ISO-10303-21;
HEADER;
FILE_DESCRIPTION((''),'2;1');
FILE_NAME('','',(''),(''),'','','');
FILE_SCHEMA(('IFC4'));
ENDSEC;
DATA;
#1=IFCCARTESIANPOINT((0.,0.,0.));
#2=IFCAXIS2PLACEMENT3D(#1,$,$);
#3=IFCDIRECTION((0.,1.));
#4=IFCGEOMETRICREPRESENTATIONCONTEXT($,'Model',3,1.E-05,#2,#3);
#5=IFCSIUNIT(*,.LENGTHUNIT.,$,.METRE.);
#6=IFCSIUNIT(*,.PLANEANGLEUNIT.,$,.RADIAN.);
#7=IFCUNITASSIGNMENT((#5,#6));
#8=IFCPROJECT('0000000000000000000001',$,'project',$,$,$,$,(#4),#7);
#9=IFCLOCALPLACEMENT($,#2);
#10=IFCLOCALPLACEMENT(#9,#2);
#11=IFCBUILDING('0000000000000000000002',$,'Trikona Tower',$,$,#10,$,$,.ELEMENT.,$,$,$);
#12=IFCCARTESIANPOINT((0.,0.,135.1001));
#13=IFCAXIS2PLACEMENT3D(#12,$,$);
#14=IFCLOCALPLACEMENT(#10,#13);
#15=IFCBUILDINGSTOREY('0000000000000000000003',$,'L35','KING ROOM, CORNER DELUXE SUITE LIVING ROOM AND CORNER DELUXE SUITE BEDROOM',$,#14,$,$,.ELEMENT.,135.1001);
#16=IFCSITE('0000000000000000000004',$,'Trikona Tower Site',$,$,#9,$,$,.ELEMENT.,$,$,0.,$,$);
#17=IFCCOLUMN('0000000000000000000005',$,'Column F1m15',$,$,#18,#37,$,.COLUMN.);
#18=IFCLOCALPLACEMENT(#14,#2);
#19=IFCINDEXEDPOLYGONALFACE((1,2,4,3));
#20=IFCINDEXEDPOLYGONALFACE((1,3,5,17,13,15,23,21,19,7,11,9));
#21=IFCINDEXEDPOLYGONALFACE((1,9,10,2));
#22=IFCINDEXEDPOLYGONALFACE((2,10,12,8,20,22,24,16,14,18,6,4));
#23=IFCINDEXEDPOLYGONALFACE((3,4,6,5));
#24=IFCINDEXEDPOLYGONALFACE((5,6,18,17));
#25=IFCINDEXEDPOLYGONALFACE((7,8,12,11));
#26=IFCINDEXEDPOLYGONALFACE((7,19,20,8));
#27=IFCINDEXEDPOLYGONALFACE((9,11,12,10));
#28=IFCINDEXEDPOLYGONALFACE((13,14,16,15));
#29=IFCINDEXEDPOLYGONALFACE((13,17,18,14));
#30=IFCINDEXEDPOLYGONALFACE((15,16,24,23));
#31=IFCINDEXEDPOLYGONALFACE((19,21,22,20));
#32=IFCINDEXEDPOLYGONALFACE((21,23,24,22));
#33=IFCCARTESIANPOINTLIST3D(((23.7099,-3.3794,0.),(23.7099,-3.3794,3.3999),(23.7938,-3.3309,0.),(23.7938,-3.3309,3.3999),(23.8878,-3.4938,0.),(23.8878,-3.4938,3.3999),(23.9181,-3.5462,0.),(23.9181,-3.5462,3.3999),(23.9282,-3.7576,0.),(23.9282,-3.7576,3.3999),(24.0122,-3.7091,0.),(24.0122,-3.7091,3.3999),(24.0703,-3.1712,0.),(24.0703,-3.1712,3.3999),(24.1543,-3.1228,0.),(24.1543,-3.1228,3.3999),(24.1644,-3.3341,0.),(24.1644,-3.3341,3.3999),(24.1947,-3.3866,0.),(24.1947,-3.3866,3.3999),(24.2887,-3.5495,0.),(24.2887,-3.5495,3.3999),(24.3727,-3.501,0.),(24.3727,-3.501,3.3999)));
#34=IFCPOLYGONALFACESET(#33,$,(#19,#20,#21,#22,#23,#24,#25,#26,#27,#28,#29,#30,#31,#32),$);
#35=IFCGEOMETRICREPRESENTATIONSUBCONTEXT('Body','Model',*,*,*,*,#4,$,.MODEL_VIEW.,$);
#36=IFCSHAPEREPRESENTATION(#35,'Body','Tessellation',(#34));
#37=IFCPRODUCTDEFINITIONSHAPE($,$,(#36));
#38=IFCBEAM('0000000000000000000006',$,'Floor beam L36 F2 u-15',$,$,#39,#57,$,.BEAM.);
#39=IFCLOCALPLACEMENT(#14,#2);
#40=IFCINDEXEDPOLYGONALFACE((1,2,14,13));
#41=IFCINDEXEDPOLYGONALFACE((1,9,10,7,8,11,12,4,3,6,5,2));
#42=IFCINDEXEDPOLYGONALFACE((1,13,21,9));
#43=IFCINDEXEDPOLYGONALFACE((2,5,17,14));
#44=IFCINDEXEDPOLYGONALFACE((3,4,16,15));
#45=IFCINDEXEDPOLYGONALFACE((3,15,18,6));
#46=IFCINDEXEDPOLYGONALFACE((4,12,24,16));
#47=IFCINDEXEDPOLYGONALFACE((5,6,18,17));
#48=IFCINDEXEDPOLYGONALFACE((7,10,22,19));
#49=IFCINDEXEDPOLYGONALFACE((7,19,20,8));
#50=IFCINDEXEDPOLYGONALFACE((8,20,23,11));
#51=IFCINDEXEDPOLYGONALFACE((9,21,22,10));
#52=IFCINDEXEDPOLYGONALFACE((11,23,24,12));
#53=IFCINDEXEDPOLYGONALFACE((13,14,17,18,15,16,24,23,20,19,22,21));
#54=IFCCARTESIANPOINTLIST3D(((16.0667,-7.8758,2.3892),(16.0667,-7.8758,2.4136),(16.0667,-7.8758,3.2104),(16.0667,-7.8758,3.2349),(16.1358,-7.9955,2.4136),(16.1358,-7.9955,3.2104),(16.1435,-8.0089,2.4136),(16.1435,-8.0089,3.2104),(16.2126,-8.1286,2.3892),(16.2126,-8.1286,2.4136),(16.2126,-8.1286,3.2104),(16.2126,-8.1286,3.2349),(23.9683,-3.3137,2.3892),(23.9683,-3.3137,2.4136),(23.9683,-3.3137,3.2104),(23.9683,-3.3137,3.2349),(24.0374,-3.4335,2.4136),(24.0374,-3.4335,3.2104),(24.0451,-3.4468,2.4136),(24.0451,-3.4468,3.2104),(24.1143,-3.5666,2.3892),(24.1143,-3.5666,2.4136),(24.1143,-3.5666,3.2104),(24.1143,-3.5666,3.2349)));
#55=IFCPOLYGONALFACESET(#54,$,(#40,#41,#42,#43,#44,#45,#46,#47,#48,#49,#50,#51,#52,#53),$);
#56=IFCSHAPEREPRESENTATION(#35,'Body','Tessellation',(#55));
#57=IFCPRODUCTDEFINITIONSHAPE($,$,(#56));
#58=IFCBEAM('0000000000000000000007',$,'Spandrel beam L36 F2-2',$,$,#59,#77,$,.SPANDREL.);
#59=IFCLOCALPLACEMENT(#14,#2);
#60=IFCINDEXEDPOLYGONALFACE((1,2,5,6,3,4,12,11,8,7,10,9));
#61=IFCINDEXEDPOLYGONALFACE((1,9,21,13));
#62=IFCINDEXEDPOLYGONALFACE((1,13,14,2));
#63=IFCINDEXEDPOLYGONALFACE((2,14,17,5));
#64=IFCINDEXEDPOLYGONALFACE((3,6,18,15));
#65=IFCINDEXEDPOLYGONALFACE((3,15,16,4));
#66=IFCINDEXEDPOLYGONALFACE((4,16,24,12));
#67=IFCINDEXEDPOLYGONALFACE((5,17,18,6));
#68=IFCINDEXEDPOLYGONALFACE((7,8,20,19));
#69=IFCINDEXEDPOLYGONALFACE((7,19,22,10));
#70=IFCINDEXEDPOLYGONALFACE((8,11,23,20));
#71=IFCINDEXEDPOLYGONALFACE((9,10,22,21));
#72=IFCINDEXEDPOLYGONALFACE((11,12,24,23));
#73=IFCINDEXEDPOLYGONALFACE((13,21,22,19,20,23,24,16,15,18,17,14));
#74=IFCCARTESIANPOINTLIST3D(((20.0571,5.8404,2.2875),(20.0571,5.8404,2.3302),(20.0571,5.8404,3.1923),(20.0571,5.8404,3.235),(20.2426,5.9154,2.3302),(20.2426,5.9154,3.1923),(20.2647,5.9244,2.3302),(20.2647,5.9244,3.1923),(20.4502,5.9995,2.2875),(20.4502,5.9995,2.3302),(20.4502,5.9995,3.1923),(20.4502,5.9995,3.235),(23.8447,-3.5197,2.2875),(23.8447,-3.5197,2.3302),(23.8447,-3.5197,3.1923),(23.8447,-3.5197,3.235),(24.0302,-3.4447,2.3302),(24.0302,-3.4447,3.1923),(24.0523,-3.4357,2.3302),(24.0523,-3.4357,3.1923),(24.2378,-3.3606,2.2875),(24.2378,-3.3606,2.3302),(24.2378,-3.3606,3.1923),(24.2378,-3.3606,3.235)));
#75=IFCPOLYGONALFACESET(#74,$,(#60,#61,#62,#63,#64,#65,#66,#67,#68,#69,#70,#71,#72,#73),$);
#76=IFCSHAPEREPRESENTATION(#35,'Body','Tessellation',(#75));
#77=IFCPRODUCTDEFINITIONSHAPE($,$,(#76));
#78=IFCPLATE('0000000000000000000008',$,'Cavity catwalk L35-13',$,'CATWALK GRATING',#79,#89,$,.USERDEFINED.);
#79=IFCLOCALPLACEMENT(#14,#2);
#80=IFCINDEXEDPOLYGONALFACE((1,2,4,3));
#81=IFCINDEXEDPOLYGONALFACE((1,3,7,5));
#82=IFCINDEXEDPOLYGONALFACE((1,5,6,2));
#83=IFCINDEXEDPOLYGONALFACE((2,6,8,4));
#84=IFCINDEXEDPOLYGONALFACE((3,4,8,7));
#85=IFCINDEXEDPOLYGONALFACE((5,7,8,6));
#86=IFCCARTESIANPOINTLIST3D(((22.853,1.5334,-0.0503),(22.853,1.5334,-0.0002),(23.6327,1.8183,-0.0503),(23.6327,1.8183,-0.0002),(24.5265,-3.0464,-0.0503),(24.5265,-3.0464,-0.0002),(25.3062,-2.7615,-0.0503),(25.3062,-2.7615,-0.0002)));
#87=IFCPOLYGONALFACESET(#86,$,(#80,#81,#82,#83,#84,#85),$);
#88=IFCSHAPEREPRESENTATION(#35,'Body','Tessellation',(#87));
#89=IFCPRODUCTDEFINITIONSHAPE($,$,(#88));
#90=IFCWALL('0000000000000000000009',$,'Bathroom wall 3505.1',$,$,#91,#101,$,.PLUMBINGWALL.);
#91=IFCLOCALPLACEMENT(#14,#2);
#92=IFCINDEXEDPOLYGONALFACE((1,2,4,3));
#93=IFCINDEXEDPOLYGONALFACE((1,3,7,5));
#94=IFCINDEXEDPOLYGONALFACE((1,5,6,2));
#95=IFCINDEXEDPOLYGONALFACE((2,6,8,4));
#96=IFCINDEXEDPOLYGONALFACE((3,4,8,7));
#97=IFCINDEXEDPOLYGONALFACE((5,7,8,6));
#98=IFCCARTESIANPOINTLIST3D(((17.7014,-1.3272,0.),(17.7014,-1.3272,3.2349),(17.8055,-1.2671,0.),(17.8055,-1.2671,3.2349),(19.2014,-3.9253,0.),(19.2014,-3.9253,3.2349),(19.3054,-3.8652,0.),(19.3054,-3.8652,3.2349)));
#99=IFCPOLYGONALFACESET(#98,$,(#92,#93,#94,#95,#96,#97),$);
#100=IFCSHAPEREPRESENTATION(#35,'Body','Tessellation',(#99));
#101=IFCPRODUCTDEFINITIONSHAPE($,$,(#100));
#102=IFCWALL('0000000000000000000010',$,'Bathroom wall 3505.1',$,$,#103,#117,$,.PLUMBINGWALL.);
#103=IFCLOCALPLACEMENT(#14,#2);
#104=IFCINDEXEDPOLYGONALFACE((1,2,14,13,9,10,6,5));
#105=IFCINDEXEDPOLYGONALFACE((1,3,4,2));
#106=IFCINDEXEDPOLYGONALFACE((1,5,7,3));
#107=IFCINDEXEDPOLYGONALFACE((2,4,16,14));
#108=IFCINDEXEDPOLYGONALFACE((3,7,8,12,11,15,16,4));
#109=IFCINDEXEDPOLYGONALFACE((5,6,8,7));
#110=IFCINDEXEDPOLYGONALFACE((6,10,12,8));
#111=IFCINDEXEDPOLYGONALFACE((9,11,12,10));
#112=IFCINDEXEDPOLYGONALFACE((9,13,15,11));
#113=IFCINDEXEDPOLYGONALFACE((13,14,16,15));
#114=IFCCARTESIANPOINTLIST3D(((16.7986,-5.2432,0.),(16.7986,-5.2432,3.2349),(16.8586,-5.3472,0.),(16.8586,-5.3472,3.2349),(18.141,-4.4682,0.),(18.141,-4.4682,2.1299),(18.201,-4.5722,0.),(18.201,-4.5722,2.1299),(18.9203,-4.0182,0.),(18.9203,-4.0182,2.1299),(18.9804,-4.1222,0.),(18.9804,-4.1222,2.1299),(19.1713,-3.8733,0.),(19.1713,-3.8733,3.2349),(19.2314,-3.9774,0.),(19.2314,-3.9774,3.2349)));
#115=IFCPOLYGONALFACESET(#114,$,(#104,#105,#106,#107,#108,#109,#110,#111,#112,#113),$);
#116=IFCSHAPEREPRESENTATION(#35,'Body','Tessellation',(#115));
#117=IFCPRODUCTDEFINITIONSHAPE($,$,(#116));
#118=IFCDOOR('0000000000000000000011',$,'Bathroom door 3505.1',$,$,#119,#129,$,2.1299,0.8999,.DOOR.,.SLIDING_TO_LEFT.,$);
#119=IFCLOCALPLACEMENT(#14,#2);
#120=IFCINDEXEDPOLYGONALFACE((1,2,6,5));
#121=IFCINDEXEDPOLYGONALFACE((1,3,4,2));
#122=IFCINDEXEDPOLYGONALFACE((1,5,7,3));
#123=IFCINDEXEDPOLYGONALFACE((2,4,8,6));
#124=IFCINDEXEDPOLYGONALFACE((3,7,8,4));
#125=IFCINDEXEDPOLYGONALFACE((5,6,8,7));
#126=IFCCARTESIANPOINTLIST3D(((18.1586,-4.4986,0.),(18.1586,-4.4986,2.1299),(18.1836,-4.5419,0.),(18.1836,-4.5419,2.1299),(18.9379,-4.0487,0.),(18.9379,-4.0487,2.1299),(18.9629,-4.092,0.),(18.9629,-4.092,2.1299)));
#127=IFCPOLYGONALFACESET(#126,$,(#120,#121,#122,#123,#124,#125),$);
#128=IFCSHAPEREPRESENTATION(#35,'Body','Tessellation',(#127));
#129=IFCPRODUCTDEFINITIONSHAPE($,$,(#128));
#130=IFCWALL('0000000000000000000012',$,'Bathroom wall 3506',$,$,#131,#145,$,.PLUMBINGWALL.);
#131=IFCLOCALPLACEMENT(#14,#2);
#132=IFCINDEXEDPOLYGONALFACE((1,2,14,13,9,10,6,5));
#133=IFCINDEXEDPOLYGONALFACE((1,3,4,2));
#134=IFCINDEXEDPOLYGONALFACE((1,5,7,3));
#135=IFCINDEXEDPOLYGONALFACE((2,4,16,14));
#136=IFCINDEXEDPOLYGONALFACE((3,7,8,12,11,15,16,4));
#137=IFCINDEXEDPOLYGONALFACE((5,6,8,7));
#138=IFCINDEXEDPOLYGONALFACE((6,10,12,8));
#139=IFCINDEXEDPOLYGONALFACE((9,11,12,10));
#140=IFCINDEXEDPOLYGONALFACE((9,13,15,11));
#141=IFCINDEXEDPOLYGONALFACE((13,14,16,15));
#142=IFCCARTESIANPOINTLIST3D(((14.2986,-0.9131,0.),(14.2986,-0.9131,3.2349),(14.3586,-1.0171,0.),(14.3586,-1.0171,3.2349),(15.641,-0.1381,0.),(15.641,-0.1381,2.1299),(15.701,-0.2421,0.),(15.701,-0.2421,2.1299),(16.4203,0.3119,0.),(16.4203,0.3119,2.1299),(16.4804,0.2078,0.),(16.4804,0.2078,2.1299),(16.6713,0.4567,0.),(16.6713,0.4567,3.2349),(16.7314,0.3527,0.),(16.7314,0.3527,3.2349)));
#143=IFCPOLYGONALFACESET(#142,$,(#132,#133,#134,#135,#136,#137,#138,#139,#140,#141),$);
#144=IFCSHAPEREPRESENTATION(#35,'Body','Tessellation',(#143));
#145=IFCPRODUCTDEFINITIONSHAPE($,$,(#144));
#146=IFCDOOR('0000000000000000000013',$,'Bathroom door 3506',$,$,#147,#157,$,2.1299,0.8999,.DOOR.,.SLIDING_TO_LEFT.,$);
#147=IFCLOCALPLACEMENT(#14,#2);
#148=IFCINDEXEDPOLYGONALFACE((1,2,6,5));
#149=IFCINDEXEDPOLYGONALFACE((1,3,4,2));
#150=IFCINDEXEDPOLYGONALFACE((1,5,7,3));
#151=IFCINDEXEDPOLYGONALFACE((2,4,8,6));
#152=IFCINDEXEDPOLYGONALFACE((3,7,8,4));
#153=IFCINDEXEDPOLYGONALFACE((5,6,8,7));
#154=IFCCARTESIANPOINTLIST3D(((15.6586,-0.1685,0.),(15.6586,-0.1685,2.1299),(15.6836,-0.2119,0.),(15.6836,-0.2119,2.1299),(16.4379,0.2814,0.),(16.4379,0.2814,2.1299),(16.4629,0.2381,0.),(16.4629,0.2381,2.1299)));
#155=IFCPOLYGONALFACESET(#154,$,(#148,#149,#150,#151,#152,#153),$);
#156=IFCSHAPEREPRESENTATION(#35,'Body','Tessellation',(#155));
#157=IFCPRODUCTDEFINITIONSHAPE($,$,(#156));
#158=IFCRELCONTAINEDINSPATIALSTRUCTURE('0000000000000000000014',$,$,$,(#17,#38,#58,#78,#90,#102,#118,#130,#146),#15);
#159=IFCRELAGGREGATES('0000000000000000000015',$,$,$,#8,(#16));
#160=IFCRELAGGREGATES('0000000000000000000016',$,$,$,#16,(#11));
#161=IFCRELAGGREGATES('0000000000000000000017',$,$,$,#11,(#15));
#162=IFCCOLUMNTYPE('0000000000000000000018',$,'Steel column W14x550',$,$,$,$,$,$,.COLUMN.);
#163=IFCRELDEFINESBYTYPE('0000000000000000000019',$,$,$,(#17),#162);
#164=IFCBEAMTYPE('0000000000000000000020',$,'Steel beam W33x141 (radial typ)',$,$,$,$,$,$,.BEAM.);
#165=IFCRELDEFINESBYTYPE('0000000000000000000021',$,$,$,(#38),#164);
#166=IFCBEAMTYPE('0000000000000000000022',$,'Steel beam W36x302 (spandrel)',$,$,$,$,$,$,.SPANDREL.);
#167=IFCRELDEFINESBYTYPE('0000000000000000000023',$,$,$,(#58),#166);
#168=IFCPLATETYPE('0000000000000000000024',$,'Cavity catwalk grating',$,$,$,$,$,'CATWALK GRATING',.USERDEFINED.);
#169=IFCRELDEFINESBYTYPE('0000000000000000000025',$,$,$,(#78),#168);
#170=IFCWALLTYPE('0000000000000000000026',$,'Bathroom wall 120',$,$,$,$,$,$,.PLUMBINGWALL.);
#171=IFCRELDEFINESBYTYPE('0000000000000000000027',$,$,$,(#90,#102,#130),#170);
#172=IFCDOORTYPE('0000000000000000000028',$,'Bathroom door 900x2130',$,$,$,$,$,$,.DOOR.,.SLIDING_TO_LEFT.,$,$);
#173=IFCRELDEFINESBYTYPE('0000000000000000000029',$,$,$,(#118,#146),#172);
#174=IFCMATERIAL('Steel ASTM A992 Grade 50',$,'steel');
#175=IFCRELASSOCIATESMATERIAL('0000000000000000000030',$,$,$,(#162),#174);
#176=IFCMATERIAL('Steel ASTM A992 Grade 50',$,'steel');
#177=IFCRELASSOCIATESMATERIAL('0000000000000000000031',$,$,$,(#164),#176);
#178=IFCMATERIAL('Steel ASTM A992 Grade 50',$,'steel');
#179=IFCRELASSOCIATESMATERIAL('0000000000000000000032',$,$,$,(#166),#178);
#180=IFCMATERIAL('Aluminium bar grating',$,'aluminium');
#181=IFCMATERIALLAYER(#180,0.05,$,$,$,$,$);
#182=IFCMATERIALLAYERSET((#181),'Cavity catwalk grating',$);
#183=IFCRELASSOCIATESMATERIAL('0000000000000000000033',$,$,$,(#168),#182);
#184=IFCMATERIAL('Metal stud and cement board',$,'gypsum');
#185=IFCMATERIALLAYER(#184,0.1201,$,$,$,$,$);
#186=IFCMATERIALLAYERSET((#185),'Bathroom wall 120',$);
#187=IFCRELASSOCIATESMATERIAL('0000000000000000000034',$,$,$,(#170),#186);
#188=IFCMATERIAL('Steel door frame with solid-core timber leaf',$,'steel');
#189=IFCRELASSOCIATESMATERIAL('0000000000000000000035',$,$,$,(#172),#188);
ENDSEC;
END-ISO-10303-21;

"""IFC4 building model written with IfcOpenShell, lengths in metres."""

from ifc_helpers import new_model, si_unit, direction, frame, frame_2d, origin, origin_2d, place, context, subcontext, project, spatial, rectangle, i_section, extrude, material, layer, layer_set, material_profile, profile_set, type_object, element, fill, save


model = new_model("IFC4")

# Units and contexts
model_context = context("Model", 3, precision=1e-05, world=origin(), true_north=direction((0.0, 1.0)))
body_context = subcontext(model_context, "Body", "Model", "MODEL_VIEW")
ifc_project = project(units=[si_unit("LENGTHUNIT", "METRE"), si_unit("PLANEANGLEUNIT", "RADIAN")], contexts=[model_context])

# Site, building, storey
site_placement = place(None, origin())
site = spatial("IfcSite", under=ifc_project, at=site_placement, Name="Trikona Tower Site", CompositionType="ELEMENT", RefElevation=0.0)
building_placement = place(site_placement, origin())
building = spatial("IfcBuilding", under=site, at=building_placement, Name="Trikona Tower", CompositionType="ELEMENT")
storey_placement = place(building_placement, frame((0.0, 0.0, 135.1001)))
storey = spatial("IfcBuildingStorey", under=building, at=storey_placement, Name="L35", Description="KING ROOM, CORNER DELUXE SUITE LIVING ROOM AND CORNER DELUXE SUITE BEDROOM", CompositionType="ELEMENT", Elevation=135.1001)

# Column
ifc_material_1 = material(Name="Steel ASTM A992 Grade 50", Category="steel")
ifc_material_profile_1 = material_profile(ifc_material_1, i_section(OverallWidth=0.4368, OverallDepth=0.5132, WebThickness=0.0605, FlangeThickness=0.0969, at=origin_2d()), Name="W14X550")
ifc_profile_set_1 = profile_set([ifc_material_profile_1], Name="Steel ASTM A992 Grade 50")
column_type = type_object("IfcColumnType", Name="Steel column W14x550", PredefinedType="COLUMN", material=ifc_profile_set_1)
column_placement = place(storey_placement, frame((24.0413, -3.4402, 0.0), z_axis=(0.0, 0.0, 1.0), x_axis=(-0.5, 0.866025, 0.0)))
element("IfcColumn", 1, at=column_placement, inside=storey, type_object=column_type, Name="Column F1m15", PredefinedType="COLUMN", context=body_context, shape_type="SweptSolid", body=[
    extrude(i_section(OverallWidth=0.4368, OverallDepth=0.5132, WebThickness=0.0605, FlangeThickness=0.0969, at=origin_2d()), origin(), (0.0, 0.0, 1.0), 3.3999),
])

# Beams
ifc_material_2 = material(Name="Steel ASTM A992 Grade 50", Category="steel")
ifc_material_profile_2 = material_profile(ifc_material_2, i_section(OverallWidth=0.292, OverallDepth=0.8457, WebThickness=0.0154, FlangeThickness=0.0244, at=origin_2d()), Name="W33X141")
ifc_profile_set_2 = profile_set([ifc_material_profile_2], Name="Steel ASTM A992 Grade 50")
beam_type_1 = type_object("IfcBeamType", Name="Steel beam W33x141 (radial typ)", PredefinedType="BEAM", material=ifc_profile_set_2)
beam_1_placement = place(storey_placement, frame((16.1396, -8.0022, 2.812), z_axis=(0.866025, 0.500001, 0.0), x_axis=(-0.500001, 0.866025, 0.0)))
element("IfcBeam", 2, at=beam_1_placement, inside=storey, type_object=beam_type_1, Name="Floor beam L36 F2 u-15", PredefinedType="BEAM", context=body_context, shape_type="SweptSolid", body=[
    extrude(i_section(OverallWidth=0.292, OverallDepth=0.8457, WebThickness=0.0154, FlangeThickness=0.0244, at=origin_2d()), origin(), (0.0, 0.0, 1.0), 9.124),
])
ifc_material_3 = material(Name="Steel ASTM A992 Grade 50", Category="steel")
ifc_material_profile_3 = material_profile(ifc_material_3, i_section(OverallWidth=0.4241, OverallDepth=0.9475, WebThickness=0.0239, FlangeThickness=0.0427, at=origin_2d()), Name="W36X302")
ifc_profile_set_3 = profile_set([ifc_material_profile_3], Name="Steel ASTM A992 Grade 50")
beam_type_2 = type_object("IfcBeamType", Name="Steel beam W36x302 (spandrel)", PredefinedType="SPANDREL", material=ifc_profile_set_3)
beam_2_placement = place(storey_placement, frame((24.0413, -3.4402, 2.7612), z_axis=(-0.375106, 0.926982, 0.0), x_axis=(-0.926982, -0.375106, 0.0)))
element("IfcBeam", 3, at=beam_2_placement, inside=storey, type_object=beam_type_2, Name="Spandrel beam L36 F2-2", PredefinedType="SPANDREL", context=body_context, shape_type="SweptSolid", body=[
    extrude(i_section(OverallWidth=0.4241, OverallDepth=0.9475, WebThickness=0.0239, FlangeThickness=0.0427, at=origin_2d()), origin(), (0.0, 0.0, 1.0), 10.0974),
])

# Plate
ifc_material_4 = material(Name="Aluminium bar grating", Category="aluminium")
ifc_layer_1 = layer(ifc_material_4, 0.05)
ifc_layer_set_1 = layer_set([ifc_layer_1], Name="Cavity catwalk grating")
plate_type = type_object("IfcPlateType", Name="Cavity catwalk grating", ElementType="CATWALK GRATING", PredefinedType="USERDEFINED", material=ifc_layer_set_1)
plate_placement = place(storey_placement, frame((24.0796, -0.614, -0.0503), z_axis=(0.0, 0.0, 1.0), x_axis=(-0.34322, 0.939255, 0.0)))
element("IfcPlate", 4, at=plate_placement, inside=storey, type_object=plate_type, Name="Cavity catwalk L35-13", ObjectType="CATWALK GRATING", PredefinedType="USERDEFINED", context=body_context, shape_type="SweptSolid", body=[
    extrude(rectangle(XDim=4.876, YDim=0.8301, at=origin_2d()), origin(), (0.0, 0.0, 1.0), 0.05),
])

# Wall
ifc_material_5 = material(Name="Metal stud and cement board", Category="gypsum")
ifc_layer_2 = layer(ifc_material_5, 0.1201)
ifc_layer_set_2 = layer_set([ifc_layer_2], Name="Bathroom wall 120")
wall_type_1 = type_object("IfcWallType", Name="Bathroom wall 120", PredefinedType="PLUMBINGWALL", material=ifc_layer_set_2)
wall_1_placement = place(storey_placement, frame((19.2534, -3.8953, 0.0), z_axis=(0.0, 0.0, 1.0), x_axis=(-0.49999, 0.866031, 0.0)))
element("IfcWall", 5, at=wall_1_placement, inside=storey, type_object=wall_type_1, Name="Bathroom wall 3505.1", PredefinedType="PLUMBINGWALL", context=body_context, shape_type="SweptSolid", body=[
    extrude(rectangle(XDim=3.0, YDim=0.1201, at=frame_2d((1.5, 0.0))), origin(), (0.0, 0.0, 1.0), 3.2349),
])

# Walls, openings, doors
wall_2_placement = place(storey_placement, frame((16.8286, -5.2952, 0.0), z_axis=(0.0, 0.0, 1.0), x_axis=(0.866036, 0.499982, 0.0)))
wall_2 = element("IfcWall", 6, at=wall_2_placement, inside=storey, type_object=wall_type_1, Name="Bathroom wall 3505.1", PredefinedType="PLUMBINGWALL", context=body_context, shape_type="SweptSolid", body=[
    extrude(rectangle(XDim=2.7397, YDim=0.1201, at=frame_2d((1.3699, 0.0))), origin(), (0.0, 0.0, 1.0), 3.2349),
])
opening_1_placement = place(wall_2_placement, frame((1.55, 0.0, 0.0)))
opening_1 = element("IfcOpeningElement", 7, at=opening_1_placement, cuts=wall_2, PredefinedType="OPENING", context=body_context, shape_type="SweptSolid", body=[
    extrude(rectangle(XDim=0.8999, YDim=2.1299, at=frame_2d((0.45, 1.0649))), frame((0.0, 0.0701, 0.0), z_axis=(0.0, -1.0, 0.0), x_axis=(1.0, 0.0, 0.0)), (0.0, 0.0, 1.0), 0.1401),
])
ifc_material_6 = material(Name="Steel door frame with solid-core timber leaf", Category="steel")
door_type_1 = type_object("IfcDoorType", Name="Bathroom door 900x2130", OperationType="SLIDING_TO_LEFT", PredefinedType="DOOR", material=ifc_material_6)
door_1_placement = place(opening_1_placement, origin())
door_1 = element("IfcDoor", 8, at=door_1_placement, inside=storey, type_object=door_type_1, Name="Bathroom door 3505.1", OperationType="SLIDING_TO_LEFT", OverallHeight=2.1299, OverallWidth=0.8999, PredefinedType="DOOR", context=body_context, shape_type="SweptSolid", body=[
    extrude(rectangle(XDim=0.8999, YDim=2.1299, at=frame_2d((0.45, 1.0649))), frame((0.0, 0.0249, 0.0), z_axis=(0.0, -1.0, 0.0), x_axis=(1.0, 0.0, 0.0)), (0.0, 0.0, 1.0), 0.05),
])
fill(opening_1, door_1)
wall_3_placement = place(storey_placement, frame((14.3286, -0.9651, 0.0), z_axis=(0.0, 0.0, 1.0), x_axis=(0.866036, 0.499982, 0.0)))
wall_3 = element("IfcWall", 9, at=wall_3_placement, inside=storey, type_object=wall_type_1, Name="Bathroom wall 3506", PredefinedType="PLUMBINGWALL", context=body_context, shape_type="SweptSolid", body=[
    extrude(rectangle(XDim=2.7397, YDim=0.1201, at=frame_2d((1.3699, 0.0))), origin(), (0.0, 0.0, 1.0), 3.2349),
])
opening_2_placement = place(wall_3_placement, frame((1.55, 0.0, 0.0)))
opening_2 = element("IfcOpeningElement", 10, at=opening_2_placement, cuts=wall_3, PredefinedType="OPENING", context=body_context, shape_type="SweptSolid", body=[
    extrude(rectangle(XDim=0.8999, YDim=2.1299, at=frame_2d((0.45, 1.0649))), frame((0.0, 0.0701, 0.0), z_axis=(0.0, -1.0, 0.0), x_axis=(1.0, 0.0, 0.0)), (0.0, 0.0, 1.0), 0.1401),
])
door_2_placement = place(opening_2_placement, origin())
door_2 = element("IfcDoor", 11, at=door_2_placement, inside=storey, type_object=door_type_1, Name="Bathroom door 3506", OperationType="SLIDING_TO_LEFT", OverallHeight=2.1299, OverallWidth=0.8999, PredefinedType="DOOR", context=body_context, shape_type="SweptSolid", body=[
    extrude(rectangle(XDim=0.8999, YDim=2.1299, at=frame_2d((0.45, 1.0649))), frame((0.0, 0.0249, 0.0), z_axis=(0.0, -1.0, 0.0), x_axis=(1.0, 0.0, 0.0)), (0.0, 0.0, 1.0), 0.05),
])
fill(opening_2, door_2)

save(model, "model.ifc")
